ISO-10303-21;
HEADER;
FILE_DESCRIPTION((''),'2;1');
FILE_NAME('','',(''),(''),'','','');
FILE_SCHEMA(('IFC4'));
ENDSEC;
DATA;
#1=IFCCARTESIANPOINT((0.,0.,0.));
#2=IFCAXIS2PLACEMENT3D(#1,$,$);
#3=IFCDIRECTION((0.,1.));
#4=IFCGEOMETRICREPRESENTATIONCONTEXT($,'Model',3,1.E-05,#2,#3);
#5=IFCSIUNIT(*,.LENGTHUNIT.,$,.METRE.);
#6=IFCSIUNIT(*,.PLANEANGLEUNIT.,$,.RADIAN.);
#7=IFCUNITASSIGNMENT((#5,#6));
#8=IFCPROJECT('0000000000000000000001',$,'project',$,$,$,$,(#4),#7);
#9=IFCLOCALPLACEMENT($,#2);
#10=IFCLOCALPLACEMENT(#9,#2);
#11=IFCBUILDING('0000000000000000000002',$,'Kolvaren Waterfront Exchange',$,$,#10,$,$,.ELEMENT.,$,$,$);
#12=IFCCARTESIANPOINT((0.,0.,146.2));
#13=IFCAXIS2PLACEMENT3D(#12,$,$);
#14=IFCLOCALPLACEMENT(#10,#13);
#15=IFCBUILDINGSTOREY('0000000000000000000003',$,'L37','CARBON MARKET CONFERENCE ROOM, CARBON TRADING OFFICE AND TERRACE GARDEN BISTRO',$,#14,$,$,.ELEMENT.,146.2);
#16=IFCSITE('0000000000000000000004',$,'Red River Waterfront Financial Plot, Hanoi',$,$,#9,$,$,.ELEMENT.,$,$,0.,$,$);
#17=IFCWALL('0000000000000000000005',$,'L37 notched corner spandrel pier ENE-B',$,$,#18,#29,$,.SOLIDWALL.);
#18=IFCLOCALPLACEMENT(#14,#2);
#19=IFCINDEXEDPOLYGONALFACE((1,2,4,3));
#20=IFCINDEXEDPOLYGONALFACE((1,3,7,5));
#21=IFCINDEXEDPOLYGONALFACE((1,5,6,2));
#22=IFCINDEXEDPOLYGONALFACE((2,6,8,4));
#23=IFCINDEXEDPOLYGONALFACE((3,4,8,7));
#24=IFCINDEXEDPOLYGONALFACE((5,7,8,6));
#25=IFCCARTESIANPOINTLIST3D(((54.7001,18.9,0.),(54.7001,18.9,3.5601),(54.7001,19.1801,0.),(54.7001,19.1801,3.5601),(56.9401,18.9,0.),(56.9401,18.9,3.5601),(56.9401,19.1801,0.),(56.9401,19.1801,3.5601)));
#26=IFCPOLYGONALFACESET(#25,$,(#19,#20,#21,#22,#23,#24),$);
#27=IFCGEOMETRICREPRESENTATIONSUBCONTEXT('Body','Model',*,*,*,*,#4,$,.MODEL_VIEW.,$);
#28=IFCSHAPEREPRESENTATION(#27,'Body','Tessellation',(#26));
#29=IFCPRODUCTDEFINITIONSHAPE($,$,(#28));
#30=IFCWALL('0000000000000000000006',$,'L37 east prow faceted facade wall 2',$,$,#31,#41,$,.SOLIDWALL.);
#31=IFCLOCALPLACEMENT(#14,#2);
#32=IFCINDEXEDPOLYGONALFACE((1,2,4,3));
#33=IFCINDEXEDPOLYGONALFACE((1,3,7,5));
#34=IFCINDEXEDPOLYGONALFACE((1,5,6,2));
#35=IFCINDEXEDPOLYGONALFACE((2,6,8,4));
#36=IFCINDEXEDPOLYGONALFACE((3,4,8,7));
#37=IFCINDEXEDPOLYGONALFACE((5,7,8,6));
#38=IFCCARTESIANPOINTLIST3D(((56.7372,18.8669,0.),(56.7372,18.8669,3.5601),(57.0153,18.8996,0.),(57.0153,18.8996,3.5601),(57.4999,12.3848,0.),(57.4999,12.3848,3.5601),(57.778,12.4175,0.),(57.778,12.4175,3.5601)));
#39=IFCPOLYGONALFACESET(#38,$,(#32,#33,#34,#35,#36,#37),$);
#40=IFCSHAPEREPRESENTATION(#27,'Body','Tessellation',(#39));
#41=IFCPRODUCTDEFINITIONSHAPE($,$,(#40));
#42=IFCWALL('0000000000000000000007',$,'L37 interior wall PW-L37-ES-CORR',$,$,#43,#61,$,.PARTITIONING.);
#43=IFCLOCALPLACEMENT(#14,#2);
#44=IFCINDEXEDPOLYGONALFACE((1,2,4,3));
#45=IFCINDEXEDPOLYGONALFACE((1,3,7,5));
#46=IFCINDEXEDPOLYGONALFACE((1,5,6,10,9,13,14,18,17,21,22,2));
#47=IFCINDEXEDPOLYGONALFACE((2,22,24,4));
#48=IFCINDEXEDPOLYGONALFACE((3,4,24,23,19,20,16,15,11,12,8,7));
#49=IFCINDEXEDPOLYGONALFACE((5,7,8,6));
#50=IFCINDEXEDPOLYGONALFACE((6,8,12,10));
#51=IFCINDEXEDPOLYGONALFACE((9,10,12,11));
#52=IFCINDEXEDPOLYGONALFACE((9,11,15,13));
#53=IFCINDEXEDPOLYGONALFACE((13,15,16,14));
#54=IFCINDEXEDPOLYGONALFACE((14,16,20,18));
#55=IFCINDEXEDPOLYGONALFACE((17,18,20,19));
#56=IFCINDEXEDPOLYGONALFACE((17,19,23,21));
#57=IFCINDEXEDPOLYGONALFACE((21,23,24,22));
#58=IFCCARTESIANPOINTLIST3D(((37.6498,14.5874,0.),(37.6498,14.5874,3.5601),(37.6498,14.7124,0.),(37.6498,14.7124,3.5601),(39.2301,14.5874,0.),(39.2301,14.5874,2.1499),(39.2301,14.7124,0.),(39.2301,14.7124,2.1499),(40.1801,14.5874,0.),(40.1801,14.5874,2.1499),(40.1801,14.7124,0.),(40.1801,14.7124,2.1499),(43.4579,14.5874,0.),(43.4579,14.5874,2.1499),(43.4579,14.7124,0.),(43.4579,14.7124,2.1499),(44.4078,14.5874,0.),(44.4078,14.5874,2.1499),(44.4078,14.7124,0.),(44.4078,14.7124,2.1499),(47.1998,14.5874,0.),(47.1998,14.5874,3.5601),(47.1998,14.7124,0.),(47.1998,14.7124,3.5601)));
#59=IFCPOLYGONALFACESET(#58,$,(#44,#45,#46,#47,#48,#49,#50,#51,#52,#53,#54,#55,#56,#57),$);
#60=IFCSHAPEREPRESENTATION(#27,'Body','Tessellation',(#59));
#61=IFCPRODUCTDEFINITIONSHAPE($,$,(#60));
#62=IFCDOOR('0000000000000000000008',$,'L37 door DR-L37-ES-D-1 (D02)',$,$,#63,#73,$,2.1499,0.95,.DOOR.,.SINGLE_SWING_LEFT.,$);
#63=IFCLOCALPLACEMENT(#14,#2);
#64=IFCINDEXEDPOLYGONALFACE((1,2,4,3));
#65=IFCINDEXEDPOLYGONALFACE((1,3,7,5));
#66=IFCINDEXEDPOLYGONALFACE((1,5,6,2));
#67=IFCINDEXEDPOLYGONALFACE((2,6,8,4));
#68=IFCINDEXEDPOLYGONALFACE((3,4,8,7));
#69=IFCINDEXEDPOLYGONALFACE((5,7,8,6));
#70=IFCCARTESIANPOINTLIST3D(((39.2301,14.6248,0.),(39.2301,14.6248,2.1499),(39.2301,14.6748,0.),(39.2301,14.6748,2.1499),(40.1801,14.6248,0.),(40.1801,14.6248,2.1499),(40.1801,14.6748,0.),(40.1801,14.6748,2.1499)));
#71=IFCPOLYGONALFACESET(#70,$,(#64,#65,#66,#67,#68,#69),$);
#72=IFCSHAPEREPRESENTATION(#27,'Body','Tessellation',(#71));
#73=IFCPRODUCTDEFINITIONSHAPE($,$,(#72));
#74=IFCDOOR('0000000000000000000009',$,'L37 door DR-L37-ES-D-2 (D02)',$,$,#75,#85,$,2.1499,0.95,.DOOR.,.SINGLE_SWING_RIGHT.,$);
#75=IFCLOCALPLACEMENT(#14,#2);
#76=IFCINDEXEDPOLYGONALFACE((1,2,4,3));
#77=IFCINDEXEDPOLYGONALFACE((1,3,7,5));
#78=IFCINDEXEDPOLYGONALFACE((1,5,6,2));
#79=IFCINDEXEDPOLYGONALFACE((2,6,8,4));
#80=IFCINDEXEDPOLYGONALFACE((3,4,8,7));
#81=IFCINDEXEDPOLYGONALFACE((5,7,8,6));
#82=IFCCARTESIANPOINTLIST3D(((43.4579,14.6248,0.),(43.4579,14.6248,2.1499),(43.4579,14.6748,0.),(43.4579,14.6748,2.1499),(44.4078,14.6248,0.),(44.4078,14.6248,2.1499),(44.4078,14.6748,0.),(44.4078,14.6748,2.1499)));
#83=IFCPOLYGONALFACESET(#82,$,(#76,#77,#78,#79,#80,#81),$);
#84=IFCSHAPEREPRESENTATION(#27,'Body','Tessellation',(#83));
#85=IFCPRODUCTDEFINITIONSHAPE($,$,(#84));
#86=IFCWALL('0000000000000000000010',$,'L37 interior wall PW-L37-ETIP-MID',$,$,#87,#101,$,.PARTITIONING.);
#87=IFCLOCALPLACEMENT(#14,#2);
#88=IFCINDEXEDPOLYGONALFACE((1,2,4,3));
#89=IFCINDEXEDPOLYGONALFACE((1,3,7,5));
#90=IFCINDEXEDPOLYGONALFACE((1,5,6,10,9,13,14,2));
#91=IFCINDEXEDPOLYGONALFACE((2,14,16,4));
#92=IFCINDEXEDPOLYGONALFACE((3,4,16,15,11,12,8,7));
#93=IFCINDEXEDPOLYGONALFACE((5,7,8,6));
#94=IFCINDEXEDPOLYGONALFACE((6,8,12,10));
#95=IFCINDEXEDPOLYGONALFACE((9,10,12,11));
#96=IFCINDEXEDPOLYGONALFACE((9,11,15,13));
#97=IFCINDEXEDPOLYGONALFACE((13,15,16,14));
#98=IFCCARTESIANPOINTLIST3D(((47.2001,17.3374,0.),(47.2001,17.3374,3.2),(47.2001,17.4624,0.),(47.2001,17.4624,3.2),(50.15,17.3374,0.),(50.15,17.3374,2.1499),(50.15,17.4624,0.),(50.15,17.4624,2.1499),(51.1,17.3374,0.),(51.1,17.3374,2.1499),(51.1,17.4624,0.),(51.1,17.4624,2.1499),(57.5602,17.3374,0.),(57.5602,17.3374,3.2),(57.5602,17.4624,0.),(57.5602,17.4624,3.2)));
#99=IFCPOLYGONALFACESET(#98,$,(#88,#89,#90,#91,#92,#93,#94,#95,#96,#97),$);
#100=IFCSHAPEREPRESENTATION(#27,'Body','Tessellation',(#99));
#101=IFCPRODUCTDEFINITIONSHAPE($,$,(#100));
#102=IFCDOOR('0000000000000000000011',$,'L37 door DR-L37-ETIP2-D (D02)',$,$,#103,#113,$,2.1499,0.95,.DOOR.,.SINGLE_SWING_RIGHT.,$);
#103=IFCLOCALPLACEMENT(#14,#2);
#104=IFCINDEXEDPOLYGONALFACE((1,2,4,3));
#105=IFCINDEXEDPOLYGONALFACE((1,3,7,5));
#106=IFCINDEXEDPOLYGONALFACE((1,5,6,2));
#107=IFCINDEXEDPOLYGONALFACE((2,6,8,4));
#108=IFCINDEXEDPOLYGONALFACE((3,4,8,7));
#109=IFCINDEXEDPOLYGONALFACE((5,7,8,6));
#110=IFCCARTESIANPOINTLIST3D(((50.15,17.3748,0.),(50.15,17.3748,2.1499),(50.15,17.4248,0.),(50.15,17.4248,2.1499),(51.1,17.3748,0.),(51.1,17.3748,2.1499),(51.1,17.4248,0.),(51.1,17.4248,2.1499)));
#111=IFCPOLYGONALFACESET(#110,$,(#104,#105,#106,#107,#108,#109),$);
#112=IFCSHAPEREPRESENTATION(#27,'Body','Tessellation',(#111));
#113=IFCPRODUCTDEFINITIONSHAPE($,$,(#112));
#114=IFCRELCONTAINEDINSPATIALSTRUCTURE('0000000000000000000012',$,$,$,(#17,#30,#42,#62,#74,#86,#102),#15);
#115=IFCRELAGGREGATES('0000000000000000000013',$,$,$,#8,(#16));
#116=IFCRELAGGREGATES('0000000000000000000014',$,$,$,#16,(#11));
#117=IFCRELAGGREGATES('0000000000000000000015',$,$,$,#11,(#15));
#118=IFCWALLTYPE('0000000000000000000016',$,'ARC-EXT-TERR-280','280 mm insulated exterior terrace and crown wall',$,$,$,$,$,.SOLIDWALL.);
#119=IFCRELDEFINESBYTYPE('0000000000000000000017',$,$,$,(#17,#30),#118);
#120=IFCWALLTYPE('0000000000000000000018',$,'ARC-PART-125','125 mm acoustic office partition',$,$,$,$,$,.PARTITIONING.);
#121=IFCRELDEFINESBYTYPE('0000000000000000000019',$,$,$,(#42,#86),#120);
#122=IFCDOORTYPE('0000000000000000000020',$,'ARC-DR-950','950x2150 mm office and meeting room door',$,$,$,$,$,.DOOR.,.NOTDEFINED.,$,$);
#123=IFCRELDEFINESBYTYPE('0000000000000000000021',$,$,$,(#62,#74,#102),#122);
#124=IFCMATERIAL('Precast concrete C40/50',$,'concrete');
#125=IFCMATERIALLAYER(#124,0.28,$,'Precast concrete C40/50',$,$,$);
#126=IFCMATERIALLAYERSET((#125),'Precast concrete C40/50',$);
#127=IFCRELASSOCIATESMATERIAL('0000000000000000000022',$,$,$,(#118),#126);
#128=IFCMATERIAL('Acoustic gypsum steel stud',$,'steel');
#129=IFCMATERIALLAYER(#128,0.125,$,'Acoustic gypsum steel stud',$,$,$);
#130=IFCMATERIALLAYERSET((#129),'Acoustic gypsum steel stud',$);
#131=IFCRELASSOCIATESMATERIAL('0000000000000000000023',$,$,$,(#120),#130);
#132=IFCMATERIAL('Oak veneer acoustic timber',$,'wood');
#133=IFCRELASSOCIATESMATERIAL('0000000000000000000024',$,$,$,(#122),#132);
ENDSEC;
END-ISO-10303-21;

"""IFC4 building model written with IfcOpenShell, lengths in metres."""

from ifc_helpers import new_model, si_unit, direction, frame, frame_2d, origin, place, context, subcontext, project, spatial, rectangle, extrude, material, layer, layer_set, type_object, element, fill, save


model = new_model("IFC4")

# Units and contexts
model_context = context("Model", 3, precision=1e-05, world=origin(), true_north=direction((0.0, 1.0)))
body_context = subcontext(model_context, "Body", "Model", "MODEL_VIEW")
ifc_project = project(units=[si_unit("LENGTHUNIT", "METRE"), si_unit("PLANEANGLEUNIT", "RADIAN")], contexts=[model_context])

# Site, building, storey
site_placement = place(None, origin())
site = spatial("IfcSite", under=ifc_project, at=site_placement, Name="Red River Waterfront Financial Plot, Hanoi", CompositionType="ELEMENT", RefElevation=0.0)
building_placement = place(site_placement, origin())
building = spatial("IfcBuilding", under=site, at=building_placement, Name="Kolvaren Waterfront Exchange", CompositionType="ELEMENT")
storey_placement = place(building_placement, frame((0.0, 0.0, 146.2)))
storey = spatial("IfcBuildingStorey", under=building, at=storey_placement, Name="L37", Description="CARBON MARKET CONFERENCE ROOM, CARBON TRADING OFFICE AND TERRACE GARDEN BISTRO", CompositionType="ELEMENT", Elevation=146.2)

# Walls
ifc_material_1 = material(Name="Precast concrete C40/50", Category="concrete")
ifc_layer_1 = layer(ifc_material_1, 0.28, Name="Precast concrete C40/50")
ifc_layer_set_1 = layer_set([ifc_layer_1], Name="Precast concrete C40/50")
wall_type_1 = type_object("IfcWallType", Name="ARC-EXT-TERR-280", Description="280 mm insulated exterior terrace and crown wall", PredefinedType="SOLIDWALL", material=ifc_layer_set_1)
wall_1_placement = place(storey_placement, frame((54.7, 19.04, 0.0), z_axis=(0.0, 0.0, 1.0), x_axis=(1.0, 0.0, 0.0)))
element("IfcWall", 1, at=wall_1_placement, inside=storey, type_object=wall_type_1, Name="L37 notched corner spandrel pier ENE-B", PredefinedType="SOLIDWALL", context=body_context, shape_type="SweptSolid", body=[
    extrude(rectangle(XDim=2.24, YDim=0.28, at=frame_2d((1.1201, 0.0))), origin(), (0.0, 0.0, 1.0), 3.5601),
])
wall_2_placement = place(storey_placement, frame((57.6389, 12.4011, 0.0), z_axis=(0.0, 0.0, 1.0), x_axis=(-0.116854, 0.993149, 0.0)))
element("IfcWall", 2, at=wall_2_placement, inside=storey, type_object=wall_type_1, Name="L37 east prow faceted facade wall 2", PredefinedType="SOLIDWALL", context=body_context, shape_type="SweptSolid", body=[
    extrude(rectangle(XDim=6.5269, YDim=0.28, at=frame_2d((3.2634, 0.0))), origin(), (0.0, 0.0, 1.0), 3.5601),
])

# Wall, openings, doors
ifc_material_2 = material(Name="Acoustic gypsum steel stud", Category="steel")
ifc_layer_2 = layer(ifc_material_2, 0.125, Name="Acoustic gypsum steel stud")
ifc_layer_set_2 = layer_set([ifc_layer_2], Name="Acoustic gypsum steel stud")
wall_type_2 = type_object("IfcWallType", Name="ARC-PART-125", Description="125 mm acoustic office partition", PredefinedType="PARTITIONING", material=ifc_layer_set_2)
wall_3_placement = place(storey_placement, frame((37.6499, 14.6499, 0.0), z_axis=(0.0, 0.0, 1.0), x_axis=(1.0, 0.0, 0.0)))
wall_3 = element("IfcWall", 3, at=wall_3_placement, inside=storey, type_object=wall_type_2, Name="L37 interior wall PW-L37-ES-CORR", PredefinedType="PARTITIONING", context=body_context, shape_type="SweptSolid", body=[
    extrude(rectangle(XDim=9.55, YDim=0.125, at=frame_2d((4.7749, 0.0))), origin(), (0.0, 0.0, 1.0), 3.5601),
])
opening_1_placement = place(wall_3_placement, frame((1.5801, 0.0, 0.0)))
opening_1 = element("IfcOpeningElement", 4, at=opening_1_placement, cuts=wall_3, PredefinedType="OPENING", context=body_context, shape_type="SweptSolid", body=[
    extrude(rectangle(XDim=0.95, YDim=2.1499, at=frame_2d((0.4751, 1.075))), frame((0.0, 0.0725, 0.0), z_axis=(0.0, -1.0, 0.0), x_axis=(1.0, 0.0, 0.0)), (0.0, 0.0, 1.0), 0.145),
])
opening_2_placement = place(wall_3_placement, frame((5.8079, 0.0, 0.0)))
opening_2 = element("IfcOpeningElement", 5, at=opening_2_placement, cuts=wall_3, PredefinedType="OPENING", context=body_context, shape_type="SweptSolid", body=[
    extrude(rectangle(XDim=0.95, YDim=2.1499, at=frame_2d((0.4751, 1.075))), frame((0.0, 0.0725, 0.0), z_axis=(0.0, -1.0, 0.0), x_axis=(1.0, 0.0, 0.0)), (0.0, 0.0, 1.0), 0.145),
])
ifc_material_3 = material(Name="Oak veneer acoustic timber", Category="wood")
door_type = type_object("IfcDoorType", Name="ARC-DR-950", Description="950x2150 mm office and meeting room door", OperationType="NOTDEFINED", PredefinedType="DOOR", material=ifc_material_3)
door_1_placement = place(opening_1_placement, origin())
door_1 = element("IfcDoor", 6, at=door_1_placement, inside=storey, type_object=door_type, Name="L37 door DR-L37-ES-D-1 (D02)", OperationType="SINGLE_SWING_LEFT", OverallHeight=2.1499, OverallWidth=0.95, PredefinedType="DOOR", context=body_context, shape_type="SweptSolid", body=[
    extrude(rectangle(XDim=0.95, YDim=2.1499, at=frame_2d((0.4751, 1.075))), frame((0.0, 0.0249, 0.0), z_axis=(0.0, -1.0, 0.0), x_axis=(1.0, 0.0, 0.0)), (0.0, 0.0, 1.0), 0.05),
])
fill(opening_1, door_1)
door_2_placement = place(opening_2_placement, origin())
door_2 = element("IfcDoor", 7, at=door_2_placement, inside=storey, type_object=door_type, Name="L37 door DR-L37-ES-D-2 (D02)", OperationType="SINGLE_SWING_RIGHT", OverallHeight=2.1499, OverallWidth=0.95, PredefinedType="DOOR", context=body_context, shape_type="SweptSolid", body=[
    extrude(rectangle(XDim=0.95, YDim=2.1499, at=frame_2d((0.4751, 1.075))), frame((0.0, 0.0249, 0.0), z_axis=(0.0, -1.0, 0.0), x_axis=(1.0, 0.0, 0.0)), (0.0, 0.0, 1.0), 0.05),
])
fill(opening_2, door_2)

# Wall, opening, door
wall_4_placement = place(storey_placement, frame((47.2, 17.3999, 0.0), z_axis=(0.0, 0.0, 1.0), x_axis=(1.0, 0.0, 0.0)))
wall_4 = element("IfcWall", 8, at=wall_4_placement, inside=storey, type_object=wall_type_2, Name="L37 interior wall PW-L37-ETIP-MID", PredefinedType="PARTITIONING", context=body_context, shape_type="SweptSolid", body=[
    extrude(rectangle(XDim=10.3601, YDim=0.125, at=frame_2d((5.1802, 0.0))), origin(), (0.0, 0.0, 1.0), 3.2),
])
opening_3_placement = place(wall_4_placement, frame((2.95, 0.0, 0.0)))
opening_3 = element("IfcOpeningElement", 9, at=opening_3_placement, cuts=wall_4, PredefinedType="OPENING", context=body_context, shape_type="SweptSolid", body=[
    extrude(rectangle(XDim=0.95, YDim=2.1499, at=frame_2d((0.4751, 1.075))), frame((0.0, 0.0725, 0.0), z_axis=(0.0, -1.0, 0.0), x_axis=(1.0, 0.0, 0.0)), (0.0, 0.0, 1.0), 0.145),
])
door_3_placement = place(opening_3_placement, origin())
door_3 = element("IfcDoor", 10, at=door_3_placement, inside=storey, type_object=door_type, Name="L37 door DR-L37-ETIP2-D (D02)", OperationType="SINGLE_SWING_RIGHT", OverallHeight=2.1499, OverallWidth=0.95, PredefinedType="DOOR", context=body_context, shape_type="SweptSolid", body=[
    extrude(rectangle(XDim=0.95, YDim=2.1499, at=frame_2d((0.4751, 1.075))), frame((0.0, 0.0249, 0.0), z_axis=(0.0, -1.0, 0.0), x_axis=(1.0, 0.0, 0.0)), (0.0, 0.0, 1.0), 0.05),
])
fill(opening_3, door_3)

save(model, "model.ifc")
